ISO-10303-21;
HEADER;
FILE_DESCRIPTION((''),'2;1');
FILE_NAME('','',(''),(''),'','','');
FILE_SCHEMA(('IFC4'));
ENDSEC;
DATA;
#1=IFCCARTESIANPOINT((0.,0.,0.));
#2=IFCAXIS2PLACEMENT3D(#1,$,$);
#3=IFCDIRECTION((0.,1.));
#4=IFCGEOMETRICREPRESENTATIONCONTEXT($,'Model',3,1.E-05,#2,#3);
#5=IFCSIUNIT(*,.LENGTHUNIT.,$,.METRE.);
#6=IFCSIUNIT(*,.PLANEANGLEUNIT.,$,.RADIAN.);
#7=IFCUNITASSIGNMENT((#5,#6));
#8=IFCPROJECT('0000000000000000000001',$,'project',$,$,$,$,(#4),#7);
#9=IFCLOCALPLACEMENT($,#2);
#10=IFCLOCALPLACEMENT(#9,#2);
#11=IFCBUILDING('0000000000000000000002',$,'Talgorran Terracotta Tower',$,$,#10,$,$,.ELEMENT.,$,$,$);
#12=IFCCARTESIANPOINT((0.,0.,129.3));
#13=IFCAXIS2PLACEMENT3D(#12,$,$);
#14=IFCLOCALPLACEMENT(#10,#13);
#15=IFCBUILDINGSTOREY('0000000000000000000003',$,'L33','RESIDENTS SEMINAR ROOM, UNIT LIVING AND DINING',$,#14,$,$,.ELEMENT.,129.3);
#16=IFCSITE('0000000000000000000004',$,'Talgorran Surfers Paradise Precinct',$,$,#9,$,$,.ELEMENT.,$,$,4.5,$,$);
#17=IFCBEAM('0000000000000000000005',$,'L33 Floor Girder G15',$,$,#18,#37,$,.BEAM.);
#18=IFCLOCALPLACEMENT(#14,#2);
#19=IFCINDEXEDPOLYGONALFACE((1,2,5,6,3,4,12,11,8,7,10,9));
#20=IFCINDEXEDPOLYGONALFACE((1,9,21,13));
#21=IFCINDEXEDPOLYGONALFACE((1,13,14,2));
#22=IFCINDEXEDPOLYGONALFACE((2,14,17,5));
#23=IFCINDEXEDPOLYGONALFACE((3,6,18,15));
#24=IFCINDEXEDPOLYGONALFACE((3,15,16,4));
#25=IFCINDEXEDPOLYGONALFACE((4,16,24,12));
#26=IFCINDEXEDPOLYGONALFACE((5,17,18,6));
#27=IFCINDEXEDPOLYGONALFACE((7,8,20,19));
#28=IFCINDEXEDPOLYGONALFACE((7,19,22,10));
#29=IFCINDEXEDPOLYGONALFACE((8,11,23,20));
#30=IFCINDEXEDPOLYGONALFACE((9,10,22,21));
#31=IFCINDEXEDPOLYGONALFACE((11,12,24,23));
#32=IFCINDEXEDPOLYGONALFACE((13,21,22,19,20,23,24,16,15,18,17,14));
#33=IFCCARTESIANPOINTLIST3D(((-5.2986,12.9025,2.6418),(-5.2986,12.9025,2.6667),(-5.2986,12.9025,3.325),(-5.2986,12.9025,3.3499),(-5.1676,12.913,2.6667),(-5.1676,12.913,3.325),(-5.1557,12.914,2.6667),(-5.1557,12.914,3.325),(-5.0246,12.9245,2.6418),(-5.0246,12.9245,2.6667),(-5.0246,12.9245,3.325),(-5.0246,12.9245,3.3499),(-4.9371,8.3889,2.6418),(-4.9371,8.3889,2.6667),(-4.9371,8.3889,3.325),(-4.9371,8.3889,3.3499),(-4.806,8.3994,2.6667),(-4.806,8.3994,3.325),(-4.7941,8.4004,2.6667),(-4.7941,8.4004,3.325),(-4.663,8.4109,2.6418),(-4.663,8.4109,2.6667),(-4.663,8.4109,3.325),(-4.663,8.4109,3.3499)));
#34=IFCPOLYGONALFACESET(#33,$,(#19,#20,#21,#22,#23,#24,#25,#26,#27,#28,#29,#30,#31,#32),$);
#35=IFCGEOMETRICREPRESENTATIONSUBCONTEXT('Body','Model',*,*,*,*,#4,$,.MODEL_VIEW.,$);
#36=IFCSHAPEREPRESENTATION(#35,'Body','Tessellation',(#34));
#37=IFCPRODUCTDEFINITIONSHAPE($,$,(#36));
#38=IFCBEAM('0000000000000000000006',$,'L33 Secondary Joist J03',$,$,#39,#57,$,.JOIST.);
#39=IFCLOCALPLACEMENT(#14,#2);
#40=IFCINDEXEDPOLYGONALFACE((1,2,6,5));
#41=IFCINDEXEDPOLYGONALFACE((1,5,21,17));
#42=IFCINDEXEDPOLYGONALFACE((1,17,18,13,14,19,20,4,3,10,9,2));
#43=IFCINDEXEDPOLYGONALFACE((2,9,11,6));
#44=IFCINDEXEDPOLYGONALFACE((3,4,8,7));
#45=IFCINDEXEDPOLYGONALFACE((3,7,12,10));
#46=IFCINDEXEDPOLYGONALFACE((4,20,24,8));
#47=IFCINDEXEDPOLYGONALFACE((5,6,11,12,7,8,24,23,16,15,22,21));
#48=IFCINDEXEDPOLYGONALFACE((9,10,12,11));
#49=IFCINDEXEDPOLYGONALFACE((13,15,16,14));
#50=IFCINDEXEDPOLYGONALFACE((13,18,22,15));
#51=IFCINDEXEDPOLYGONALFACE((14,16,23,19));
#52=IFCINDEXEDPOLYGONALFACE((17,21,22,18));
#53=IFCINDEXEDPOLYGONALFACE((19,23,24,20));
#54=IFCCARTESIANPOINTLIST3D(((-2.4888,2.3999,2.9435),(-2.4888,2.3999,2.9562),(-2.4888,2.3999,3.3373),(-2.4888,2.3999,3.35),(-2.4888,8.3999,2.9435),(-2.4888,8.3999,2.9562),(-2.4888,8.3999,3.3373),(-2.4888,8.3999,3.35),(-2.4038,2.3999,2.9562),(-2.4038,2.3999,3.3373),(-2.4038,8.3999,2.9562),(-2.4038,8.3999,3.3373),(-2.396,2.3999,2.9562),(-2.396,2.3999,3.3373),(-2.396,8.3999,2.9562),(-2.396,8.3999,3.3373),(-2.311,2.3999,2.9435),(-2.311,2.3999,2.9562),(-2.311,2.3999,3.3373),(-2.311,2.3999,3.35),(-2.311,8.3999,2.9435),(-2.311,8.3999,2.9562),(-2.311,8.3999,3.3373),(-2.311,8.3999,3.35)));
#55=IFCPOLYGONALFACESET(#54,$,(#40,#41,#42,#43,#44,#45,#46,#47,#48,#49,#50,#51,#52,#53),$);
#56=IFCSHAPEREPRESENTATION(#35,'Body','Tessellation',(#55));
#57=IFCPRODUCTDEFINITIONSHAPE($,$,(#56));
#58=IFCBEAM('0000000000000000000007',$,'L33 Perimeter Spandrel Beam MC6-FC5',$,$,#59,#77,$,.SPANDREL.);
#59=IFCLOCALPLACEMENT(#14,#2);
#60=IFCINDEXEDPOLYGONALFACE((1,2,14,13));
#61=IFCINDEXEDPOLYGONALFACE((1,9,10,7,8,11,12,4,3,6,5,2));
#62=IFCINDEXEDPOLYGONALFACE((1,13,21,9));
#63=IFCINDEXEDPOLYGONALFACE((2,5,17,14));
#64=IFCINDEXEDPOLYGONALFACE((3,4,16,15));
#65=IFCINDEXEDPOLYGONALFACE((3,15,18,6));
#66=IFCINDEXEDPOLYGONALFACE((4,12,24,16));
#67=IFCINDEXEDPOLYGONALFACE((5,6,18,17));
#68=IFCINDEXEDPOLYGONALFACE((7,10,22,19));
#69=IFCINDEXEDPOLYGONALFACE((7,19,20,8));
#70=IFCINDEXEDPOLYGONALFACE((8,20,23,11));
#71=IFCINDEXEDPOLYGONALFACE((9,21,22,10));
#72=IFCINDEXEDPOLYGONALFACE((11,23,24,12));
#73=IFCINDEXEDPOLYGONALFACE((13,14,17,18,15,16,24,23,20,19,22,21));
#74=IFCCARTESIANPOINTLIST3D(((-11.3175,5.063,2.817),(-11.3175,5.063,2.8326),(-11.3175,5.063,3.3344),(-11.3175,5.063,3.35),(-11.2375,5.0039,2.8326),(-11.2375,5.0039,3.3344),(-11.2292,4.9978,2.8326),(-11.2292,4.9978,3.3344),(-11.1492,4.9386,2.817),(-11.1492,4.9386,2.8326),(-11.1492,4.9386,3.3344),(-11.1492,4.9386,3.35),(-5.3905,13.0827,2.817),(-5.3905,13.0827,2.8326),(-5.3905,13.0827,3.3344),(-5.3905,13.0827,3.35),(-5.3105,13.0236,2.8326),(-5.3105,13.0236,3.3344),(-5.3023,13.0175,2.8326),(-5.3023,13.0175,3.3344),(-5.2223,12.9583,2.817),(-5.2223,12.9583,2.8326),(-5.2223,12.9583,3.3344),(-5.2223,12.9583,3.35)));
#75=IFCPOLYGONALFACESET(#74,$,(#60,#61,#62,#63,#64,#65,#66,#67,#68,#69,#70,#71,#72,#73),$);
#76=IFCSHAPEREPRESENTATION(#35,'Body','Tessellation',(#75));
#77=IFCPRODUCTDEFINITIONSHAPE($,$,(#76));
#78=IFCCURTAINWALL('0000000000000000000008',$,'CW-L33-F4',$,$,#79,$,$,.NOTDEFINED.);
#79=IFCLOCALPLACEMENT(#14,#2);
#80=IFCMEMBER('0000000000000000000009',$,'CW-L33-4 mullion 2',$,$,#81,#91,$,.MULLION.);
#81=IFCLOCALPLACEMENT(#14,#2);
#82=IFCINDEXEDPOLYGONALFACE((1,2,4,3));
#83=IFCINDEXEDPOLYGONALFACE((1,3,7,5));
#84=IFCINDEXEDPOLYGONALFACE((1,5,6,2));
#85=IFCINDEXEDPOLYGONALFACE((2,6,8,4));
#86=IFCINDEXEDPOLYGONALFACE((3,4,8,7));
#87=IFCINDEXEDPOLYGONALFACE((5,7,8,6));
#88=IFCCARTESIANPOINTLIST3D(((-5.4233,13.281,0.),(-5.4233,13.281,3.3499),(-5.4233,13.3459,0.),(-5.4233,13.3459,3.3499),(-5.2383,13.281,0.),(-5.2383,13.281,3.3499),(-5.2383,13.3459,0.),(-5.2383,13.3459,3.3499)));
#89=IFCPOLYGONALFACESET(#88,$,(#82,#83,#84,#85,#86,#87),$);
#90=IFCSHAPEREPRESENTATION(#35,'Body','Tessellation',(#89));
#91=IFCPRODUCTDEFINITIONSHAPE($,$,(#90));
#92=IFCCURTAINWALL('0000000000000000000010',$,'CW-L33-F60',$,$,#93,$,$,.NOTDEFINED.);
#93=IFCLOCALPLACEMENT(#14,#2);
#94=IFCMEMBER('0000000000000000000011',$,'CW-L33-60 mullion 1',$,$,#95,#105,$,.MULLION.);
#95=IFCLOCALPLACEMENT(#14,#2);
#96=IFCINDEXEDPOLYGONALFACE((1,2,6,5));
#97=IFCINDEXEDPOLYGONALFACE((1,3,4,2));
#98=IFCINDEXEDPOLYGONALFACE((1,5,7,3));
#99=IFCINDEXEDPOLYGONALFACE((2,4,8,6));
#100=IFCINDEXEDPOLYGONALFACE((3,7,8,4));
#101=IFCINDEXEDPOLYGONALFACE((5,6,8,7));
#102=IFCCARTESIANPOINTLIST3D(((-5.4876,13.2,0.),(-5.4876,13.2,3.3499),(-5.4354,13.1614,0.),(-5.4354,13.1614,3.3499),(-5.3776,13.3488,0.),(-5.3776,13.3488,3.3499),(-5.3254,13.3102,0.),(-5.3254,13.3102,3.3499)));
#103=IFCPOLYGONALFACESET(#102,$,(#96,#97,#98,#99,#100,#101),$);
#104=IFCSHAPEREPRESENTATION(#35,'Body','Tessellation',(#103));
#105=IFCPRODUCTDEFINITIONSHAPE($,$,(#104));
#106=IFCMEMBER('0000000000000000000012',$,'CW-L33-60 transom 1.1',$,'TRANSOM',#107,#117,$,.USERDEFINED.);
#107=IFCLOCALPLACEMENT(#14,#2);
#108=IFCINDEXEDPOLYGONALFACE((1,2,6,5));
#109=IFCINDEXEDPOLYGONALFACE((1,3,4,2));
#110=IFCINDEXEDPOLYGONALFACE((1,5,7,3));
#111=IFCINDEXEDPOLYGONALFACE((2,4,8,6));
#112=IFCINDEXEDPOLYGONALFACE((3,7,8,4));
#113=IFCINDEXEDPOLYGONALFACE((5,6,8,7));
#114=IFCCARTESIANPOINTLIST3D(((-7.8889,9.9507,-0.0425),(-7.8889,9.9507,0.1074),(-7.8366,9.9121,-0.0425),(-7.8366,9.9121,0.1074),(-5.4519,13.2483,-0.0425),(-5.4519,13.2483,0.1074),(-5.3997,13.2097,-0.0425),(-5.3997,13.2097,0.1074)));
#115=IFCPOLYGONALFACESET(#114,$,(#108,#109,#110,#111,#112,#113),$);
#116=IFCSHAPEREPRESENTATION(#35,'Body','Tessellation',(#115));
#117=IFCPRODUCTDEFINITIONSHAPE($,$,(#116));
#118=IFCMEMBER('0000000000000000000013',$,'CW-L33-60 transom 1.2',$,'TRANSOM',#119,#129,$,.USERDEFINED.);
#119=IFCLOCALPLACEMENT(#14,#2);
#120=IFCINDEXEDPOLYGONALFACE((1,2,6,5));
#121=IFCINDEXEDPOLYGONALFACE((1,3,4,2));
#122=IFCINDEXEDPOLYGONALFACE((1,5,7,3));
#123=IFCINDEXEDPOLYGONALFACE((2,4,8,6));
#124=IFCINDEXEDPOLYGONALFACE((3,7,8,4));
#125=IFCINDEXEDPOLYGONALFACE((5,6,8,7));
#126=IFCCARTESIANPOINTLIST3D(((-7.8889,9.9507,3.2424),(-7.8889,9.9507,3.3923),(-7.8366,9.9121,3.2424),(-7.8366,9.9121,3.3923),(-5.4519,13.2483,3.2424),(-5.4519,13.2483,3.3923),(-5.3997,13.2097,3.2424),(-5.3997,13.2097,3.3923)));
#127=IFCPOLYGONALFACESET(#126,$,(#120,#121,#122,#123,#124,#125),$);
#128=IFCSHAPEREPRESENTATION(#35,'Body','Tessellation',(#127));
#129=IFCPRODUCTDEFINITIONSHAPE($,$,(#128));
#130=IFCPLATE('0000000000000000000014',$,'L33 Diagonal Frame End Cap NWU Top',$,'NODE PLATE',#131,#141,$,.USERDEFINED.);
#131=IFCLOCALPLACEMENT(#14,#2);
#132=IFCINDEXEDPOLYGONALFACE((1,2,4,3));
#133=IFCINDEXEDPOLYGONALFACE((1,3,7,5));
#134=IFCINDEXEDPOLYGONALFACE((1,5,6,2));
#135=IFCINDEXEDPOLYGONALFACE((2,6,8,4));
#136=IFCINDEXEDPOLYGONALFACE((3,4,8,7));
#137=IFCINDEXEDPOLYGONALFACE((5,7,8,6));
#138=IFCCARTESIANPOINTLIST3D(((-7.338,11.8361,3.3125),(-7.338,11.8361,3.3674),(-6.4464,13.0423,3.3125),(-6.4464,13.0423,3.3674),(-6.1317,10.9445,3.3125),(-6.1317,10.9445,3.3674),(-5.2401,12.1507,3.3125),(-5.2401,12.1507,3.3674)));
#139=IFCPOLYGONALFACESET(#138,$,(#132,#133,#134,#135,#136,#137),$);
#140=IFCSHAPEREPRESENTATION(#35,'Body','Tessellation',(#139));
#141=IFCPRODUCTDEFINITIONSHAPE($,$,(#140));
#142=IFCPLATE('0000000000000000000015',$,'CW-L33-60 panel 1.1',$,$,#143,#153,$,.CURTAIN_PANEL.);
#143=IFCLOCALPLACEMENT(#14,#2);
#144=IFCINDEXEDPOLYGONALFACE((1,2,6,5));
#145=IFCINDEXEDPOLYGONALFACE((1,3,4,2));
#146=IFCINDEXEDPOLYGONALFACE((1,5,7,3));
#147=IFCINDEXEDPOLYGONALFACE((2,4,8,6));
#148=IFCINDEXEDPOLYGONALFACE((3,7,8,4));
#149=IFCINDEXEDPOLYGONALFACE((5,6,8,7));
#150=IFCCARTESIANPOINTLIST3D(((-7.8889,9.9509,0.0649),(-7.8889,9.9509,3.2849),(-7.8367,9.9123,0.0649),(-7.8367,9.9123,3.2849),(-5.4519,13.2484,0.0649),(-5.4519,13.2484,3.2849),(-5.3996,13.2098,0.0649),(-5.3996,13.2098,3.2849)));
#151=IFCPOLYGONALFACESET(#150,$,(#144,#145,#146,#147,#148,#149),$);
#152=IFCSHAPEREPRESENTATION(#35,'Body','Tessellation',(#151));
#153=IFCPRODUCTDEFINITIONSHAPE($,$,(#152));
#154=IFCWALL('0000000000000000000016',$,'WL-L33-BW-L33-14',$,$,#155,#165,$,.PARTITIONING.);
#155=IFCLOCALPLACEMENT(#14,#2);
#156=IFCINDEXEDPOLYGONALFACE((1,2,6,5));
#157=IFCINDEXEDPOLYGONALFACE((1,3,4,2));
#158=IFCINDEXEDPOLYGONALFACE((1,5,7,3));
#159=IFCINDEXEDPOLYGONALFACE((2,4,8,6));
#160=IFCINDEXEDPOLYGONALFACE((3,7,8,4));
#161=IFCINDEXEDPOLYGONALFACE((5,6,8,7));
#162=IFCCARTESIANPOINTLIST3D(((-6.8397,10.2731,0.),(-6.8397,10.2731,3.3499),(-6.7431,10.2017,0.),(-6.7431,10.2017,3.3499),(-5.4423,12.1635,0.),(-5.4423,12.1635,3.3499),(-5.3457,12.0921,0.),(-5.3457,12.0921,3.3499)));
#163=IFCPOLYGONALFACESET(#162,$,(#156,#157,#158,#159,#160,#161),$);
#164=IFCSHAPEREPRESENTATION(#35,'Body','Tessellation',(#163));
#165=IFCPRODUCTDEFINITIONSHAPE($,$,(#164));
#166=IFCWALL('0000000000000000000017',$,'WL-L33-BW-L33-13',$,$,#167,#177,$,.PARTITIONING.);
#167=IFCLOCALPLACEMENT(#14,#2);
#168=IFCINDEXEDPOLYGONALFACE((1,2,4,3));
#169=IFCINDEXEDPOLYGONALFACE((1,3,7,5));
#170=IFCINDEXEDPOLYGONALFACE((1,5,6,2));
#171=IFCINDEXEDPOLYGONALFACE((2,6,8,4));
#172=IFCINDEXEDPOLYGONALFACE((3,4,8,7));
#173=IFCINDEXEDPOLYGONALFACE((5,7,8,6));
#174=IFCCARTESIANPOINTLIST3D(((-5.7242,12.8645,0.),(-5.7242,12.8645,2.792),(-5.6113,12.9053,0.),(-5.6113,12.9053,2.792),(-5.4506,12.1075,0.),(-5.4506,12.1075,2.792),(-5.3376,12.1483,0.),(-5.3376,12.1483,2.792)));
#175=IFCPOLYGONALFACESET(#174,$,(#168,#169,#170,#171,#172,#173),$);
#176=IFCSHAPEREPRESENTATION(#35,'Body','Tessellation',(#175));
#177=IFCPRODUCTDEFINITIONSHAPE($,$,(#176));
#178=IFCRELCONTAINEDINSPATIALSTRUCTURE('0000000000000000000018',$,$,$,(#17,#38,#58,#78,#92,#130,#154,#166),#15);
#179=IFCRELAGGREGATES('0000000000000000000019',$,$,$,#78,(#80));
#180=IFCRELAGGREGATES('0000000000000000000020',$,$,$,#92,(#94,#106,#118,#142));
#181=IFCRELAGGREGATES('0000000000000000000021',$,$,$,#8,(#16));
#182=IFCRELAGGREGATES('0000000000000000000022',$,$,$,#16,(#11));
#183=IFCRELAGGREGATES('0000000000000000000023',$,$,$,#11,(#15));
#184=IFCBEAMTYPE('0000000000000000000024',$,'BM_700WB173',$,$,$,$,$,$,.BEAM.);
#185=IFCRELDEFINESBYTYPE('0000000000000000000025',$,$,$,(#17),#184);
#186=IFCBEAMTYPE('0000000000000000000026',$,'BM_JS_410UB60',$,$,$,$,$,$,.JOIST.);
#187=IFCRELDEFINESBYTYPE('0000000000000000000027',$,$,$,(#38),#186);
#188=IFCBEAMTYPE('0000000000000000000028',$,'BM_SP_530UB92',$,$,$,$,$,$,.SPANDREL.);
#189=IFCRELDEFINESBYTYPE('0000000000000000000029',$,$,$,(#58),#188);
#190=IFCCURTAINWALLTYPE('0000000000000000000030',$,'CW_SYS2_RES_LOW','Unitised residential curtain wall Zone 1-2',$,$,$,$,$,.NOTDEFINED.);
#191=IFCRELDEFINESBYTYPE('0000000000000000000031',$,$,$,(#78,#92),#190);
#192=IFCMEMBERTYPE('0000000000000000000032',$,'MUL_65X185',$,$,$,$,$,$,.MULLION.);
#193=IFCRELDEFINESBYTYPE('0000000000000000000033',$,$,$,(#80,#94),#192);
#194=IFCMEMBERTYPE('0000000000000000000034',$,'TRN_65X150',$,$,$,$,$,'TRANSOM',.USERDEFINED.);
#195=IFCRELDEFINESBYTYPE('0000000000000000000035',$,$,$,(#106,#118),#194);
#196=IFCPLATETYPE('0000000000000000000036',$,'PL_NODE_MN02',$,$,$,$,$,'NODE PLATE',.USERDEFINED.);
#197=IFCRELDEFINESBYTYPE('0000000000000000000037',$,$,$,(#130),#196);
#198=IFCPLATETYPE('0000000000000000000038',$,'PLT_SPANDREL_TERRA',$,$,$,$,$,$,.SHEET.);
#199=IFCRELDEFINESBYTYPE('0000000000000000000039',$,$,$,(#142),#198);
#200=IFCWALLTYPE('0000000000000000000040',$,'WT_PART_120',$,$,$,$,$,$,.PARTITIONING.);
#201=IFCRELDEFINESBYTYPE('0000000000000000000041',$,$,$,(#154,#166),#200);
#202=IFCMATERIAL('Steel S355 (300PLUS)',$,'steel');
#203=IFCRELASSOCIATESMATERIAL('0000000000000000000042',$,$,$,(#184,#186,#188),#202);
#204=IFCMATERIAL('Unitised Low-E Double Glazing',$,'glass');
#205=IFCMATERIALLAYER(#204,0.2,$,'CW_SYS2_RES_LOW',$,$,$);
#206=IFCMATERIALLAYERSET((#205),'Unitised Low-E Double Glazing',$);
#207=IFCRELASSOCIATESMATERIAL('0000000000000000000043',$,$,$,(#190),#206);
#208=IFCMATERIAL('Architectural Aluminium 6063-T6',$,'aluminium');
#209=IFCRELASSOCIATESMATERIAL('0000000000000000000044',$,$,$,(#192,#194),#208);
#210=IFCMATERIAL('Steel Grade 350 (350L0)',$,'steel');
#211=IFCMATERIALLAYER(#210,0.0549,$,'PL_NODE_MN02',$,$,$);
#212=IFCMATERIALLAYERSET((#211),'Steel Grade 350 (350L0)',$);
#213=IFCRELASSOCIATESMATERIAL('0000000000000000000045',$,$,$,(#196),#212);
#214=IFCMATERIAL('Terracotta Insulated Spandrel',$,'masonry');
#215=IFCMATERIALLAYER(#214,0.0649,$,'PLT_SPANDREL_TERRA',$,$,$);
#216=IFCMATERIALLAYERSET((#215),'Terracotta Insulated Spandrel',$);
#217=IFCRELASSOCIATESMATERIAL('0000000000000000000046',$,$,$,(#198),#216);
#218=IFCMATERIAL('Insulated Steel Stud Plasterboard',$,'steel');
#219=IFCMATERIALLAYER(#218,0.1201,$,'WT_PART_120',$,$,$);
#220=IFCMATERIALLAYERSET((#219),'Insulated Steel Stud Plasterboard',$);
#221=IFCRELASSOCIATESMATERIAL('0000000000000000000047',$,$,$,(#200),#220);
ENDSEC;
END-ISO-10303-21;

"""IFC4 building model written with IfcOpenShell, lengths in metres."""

from ifc_helpers import new_model, si_unit, direction, frame, frame_2d, origin, origin_2d, place, context, subcontext, project, spatial, rectangle, i_section, extrude, source, transform, mapped, material, layer, layer_set, material_profile, profile_set, type_object, type_shapes, element, aggregate, save


model = new_model("IFC4")

# Units and contexts
model_context = context("Model", 3, precision=1e-05, world=origin(), true_north=direction((0.0, 1.0)))
body_context = subcontext(model_context, "Body", "Model", "MODEL_VIEW")
ifc_project = project(units=[si_unit("LENGTHUNIT", "METRE"), si_unit("PLANEANGLEUNIT", "RADIAN")], contexts=[model_context])

# Site, building, storey
site_placement = place(None, origin())
site = spatial("IfcSite", under=ifc_project, at=site_placement, Name="Talgorran Surfers Paradise Precinct", CompositionType="ELEMENT", RefElevation=4.5)
building_placement = place(site_placement, origin())
building = spatial("IfcBuilding", under=site, at=building_placement, Name="Talgorran Terracotta Tower", CompositionType="ELEMENT")
storey_placement = place(building_placement, frame((0.0, 0.0, 129.3)))
storey = spatial("IfcBuildingStorey", under=building, at=storey_placement, Name="L33", Description="RESIDENTS SEMINAR ROOM, UNIT LIVING AND DINING", CompositionType="ELEMENT", Elevation=129.3)

# Shared definitions
ifc_material_1 = material(Name="Steel S355 (300PLUS)", Category="steel")
ifc_material_2 = material(Name="Steel Grade 350 (350L0)", Category="steel")

# Beams
ifc_material_profile_1 = material_profile(ifc_material_1, i_section(OverallWidth=0.2749, OverallDepth=0.708, WebThickness=0.012, FlangeThickness=0.0249, at=origin_2d()), Name="700WB173")
ifc_profile_set_1 = profile_set([ifc_material_profile_1], Name="Steel S355 (300PLUS)")
beam_type_1 = type_object("IfcBeamType", Name="BM_700WB173", PredefinedType="BEAM", material=ifc_profile_set_1)
beam_1_placement = place(storey_placement, frame((-4.8, 8.3999, 2.9958), z_axis=(-0.07985, 0.996807, 0.0), x_axis=(-0.996807, -0.07985, 0.0)))
element("IfcBeam", 1, at=beam_1_placement, inside=storey, type_object=beam_type_1, Name="L33 Floor Girder G15", PredefinedType="BEAM", context=body_context, shape_type="SweptSolid", body=[
    extrude(i_section(OverallWidth=0.2749, OverallDepth=0.708, WebThickness=0.012, FlangeThickness=0.0249, at=origin_2d()), origin(), (0.0, 0.0, 1.0), 4.5281),
])
ifc_material_profile_2 = material_profile(ifc_material_1, i_section(OverallWidth=0.1777, OverallDepth=0.4065, WebThickness=0.0078, FlangeThickness=0.0127, at=origin_2d()), Name="410UB59.7")
ifc_profile_set_2 = profile_set([ifc_material_profile_2], Name="Steel S355 (300PLUS)")
beam_type_2 = type_object("IfcBeamType", Name="BM_JS_410UB60", PredefinedType="JOIST", material=ifc_profile_set_2)
beam_2_placement = place(storey_placement, frame((-2.3999, 2.3999, 3.1467), z_axis=(0.0, 1.0, 0.0), x_axis=(-1.0, 0.0, 0.0)))
element("IfcBeam", 2, at=beam_2_placement, inside=storey, type_object=beam_type_2, Name="L33 Secondary Joist J03", PredefinedType="JOIST", context=body_context, shape_type="SweptSolid", body=[
    extrude(i_section(OverallWidth=0.1777, OverallDepth=0.4065, WebThickness=0.0078, FlangeThickness=0.0127, at=origin_2d()), origin(), (0.0, 0.0, 1.0), 6.0),
])
ifc_material_profile_3 = material_profile(ifc_material_1, i_section(OverallWidth=0.2092, OverallDepth=0.533, WebThickness=0.0103, FlangeThickness=0.0156, at=origin_2d()), Name="530UB92.4")
ifc_profile_set_3 = profile_set([ifc_material_profile_3], Name="Steel S355 (300PLUS)")
beam_type_3 = type_object("IfcBeamType", Name="BM_SP_530UB92", PredefinedType="SPANDREL", material=ifc_profile_set_3)
beam_3_placement = place(storey_placement, frame((-5.3064, 13.0205, 3.0835), z_axis=(-0.594348, -0.804208, 0.0), x_axis=(0.804208, -0.594348, 0.0)))
element("IfcBeam", 3, at=beam_3_placement, inside=storey, type_object=beam_type_3, Name="L33 Perimeter Spandrel Beam MC6-FC5", PredefinedType="SPANDREL", context=body_context, shape_type="SweptSolid", body=[
    extrude(i_section(OverallWidth=0.2092, OverallDepth=0.533, WebThickness=0.0103, FlangeThickness=0.0156, at=origin_2d()), origin(), (0.0, 0.0, 1.0), 9.9722),
])

# Curtain wall, member
ifc_material_3 = material(Name="Unitised Low-E Double Glazing", Category="glass")
ifc_layer_1 = layer(ifc_material_3, 0.2, Name="CW_SYS2_RES_LOW")
ifc_layer_set_1 = layer_set([ifc_layer_1], Name="Unitised Low-E Double Glazing")
curtain_wall_type = type_object("IfcCurtainWallType", Name="CW_SYS2_RES_LOW", Description="Unitised residential curtain wall Zone 1-2", PredefinedType="NOTDEFINED", material=ifc_layer_set_1)
curtain_wall_1_placement = place(storey_placement, origin())
curtain_wall_1 = element("IfcCurtainWall", 4, at=curtain_wall_1_placement, inside=storey, type_object=curtain_wall_type, Name="CW-L33-F4", PredefinedType="NOTDEFINED")
ifc_material_4 = material(Name="Architectural Aluminium 6063-T6", Category="aluminium")
ifc_material_profile_4 = material_profile(ifc_material_4, rectangle(XDim=0.0649, YDim=0.1851, at=origin_2d()), Name="CWM65X185")
ifc_profile_set_4 = profile_set([ifc_material_profile_4], Name="Architectural Aluminium 6063-T6")
member_type_1 = type_object("IfcMemberType", Name="MUL_65X185", PredefinedType="MULLION", material=ifc_profile_set_4)
member_1_placement = place(storey_placement, frame((-5.3308, 13.3135, 0.0), z_axis=(0.0, 0.0, 1.0), x_axis=(0.0, -1.0, 0.0)))
member_1 = element("IfcMember", 5, at=member_1_placement, type_object=member_type_1, Name="CW-L33-4 mullion 2", PredefinedType="MULLION", context=body_context, shape_type="SweptSolid", body=[
    extrude(rectangle(XDim=0.0649, YDim=0.1851, at=origin_2d()), origin(), (0.0, 0.0, 1.0), 3.3499),
])
aggregate(curtain_wall_1, [member_1])

# Curtain wall, members
curtain_wall_2_placement = place(storey_placement, origin())
curtain_wall_2 = element("IfcCurtainWall", 6, at=curtain_wall_2_placement, inside=storey, type_object=curtain_wall_type, Name="CW-L33-F60", PredefinedType="NOTDEFINED")
member_2_placement = place(storey_placement, frame((-5.4065, 13.2551, 0.0), z_axis=(0.0, 0.0, 1.0), x_axis=(0.804198, -0.594361, 0.0)))
member_2 = element("IfcMember", 7, at=member_2_placement, type_object=member_type_1, Name="CW-L33-60 mullion 1", PredefinedType="MULLION", context=body_context, shape_type="SweptSolid", body=[
    extrude(rectangle(XDim=0.0649, YDim=0.1851, at=origin_2d()), origin(), (0.0, 0.0, 1.0), 3.3499),
])
ifc_material_profile_5 = material_profile(ifc_material_4, rectangle(XDim=0.0649, YDim=0.1499, at=origin_2d()), Name="CWT65X150")
ifc_profile_set_5 = profile_set([ifc_material_profile_5], Name="Architectural Aluminium 6063-T6")
member_type_2 = type_object("IfcMemberType", Name="TRN_65X150", ElementType="TRANSOM", PredefinedType="USERDEFINED", material=ifc_profile_set_5)
member_3_placement = place(storey_placement, frame((-5.4258, 13.229, 0.0325), z_axis=(-0.594336, -0.804217, 0.0), x_axis=(0.804217, -0.594336, 0.0)))
member_3 = element("IfcMember", 8, at=member_3_placement, type_object=member_type_2, Name="CW-L33-60 transom 1.1", ObjectType="TRANSOM", PredefinedType="USERDEFINED", context=body_context, shape_type="SweptSolid", body=[
    extrude(rectangle(XDim=0.0649, YDim=0.1499, at=origin_2d()), origin(), (0.0, 0.0, 1.0), 4.1003),
])
member_4_placement = place(storey_placement, frame((-5.4258, 13.229, 3.3174), z_axis=(-0.594336, -0.804217, 0.0), x_axis=(0.804217, -0.594336, 0.0)))
member_4 = element("IfcMember", 9, at=member_4_placement, type_object=member_type_2, Name="CW-L33-60 transom 1.2", ObjectType="TRANSOM", PredefinedType="USERDEFINED", context=body_context, shape_type="SweptSolid", body=[
    extrude(rectangle(XDim=0.0649, YDim=0.1499, at=origin_2d()), origin(), (0.0, 0.0, 1.0), 4.1003),
])

# Plates
ifc_layer_2 = layer(ifc_material_2, 0.0549, Name="PL_NODE_MN02")
ifc_layer_set_2 = layer_set([ifc_layer_2], Name="Steel Grade 350 (350L0)")
plate_type_1 = type_object("IfcPlateType", Name="PL_NODE_MN02", ElementType="NODE PLATE", PredefinedType="USERDEFINED", material=ifc_layer_set_2)
plate_1_placement = place(storey_placement, frame((-6.2891, 11.9934, 3.3125), z_axis=(0.0, 0.0, 1.0), x_axis=(0.594402, 0.804168, 0.0)))
element("IfcPlate", 10, at=plate_1_placement, inside=storey, type_object=plate_type_1, Name="L33 Diagonal Frame End Cap NWU Top", ObjectType="NODE PLATE", PredefinedType="USERDEFINED", context=body_context, shape_type="SweptSolid", body=[
    extrude(rectangle(XDim=1.5, YDim=1.5, at=origin_2d()), origin(), (0.0, 0.0, 1.0), 0.0549),
])
ifc_material_5 = material(Name="Terracotta Insulated Spandrel", Category="masonry")
ifc_layer_3 = layer(ifc_material_5, 0.0649, Name="PLT_SPANDREL_TERRA")
ifc_layer_set_3 = layer_set([ifc_layer_3], Name="Terracotta Insulated Spandrel")
plate_type_2 = type_object("IfcPlateType", Name="PLT_SPANDREL_TERRA", PredefinedType="SHEET", material=ifc_layer_set_3)
shared_shape = source(origin(), body_context, "Body", "SweptSolid", [
    extrude(rectangle(XDim=4.1003, YDim=0.0649, at=origin_2d()), origin(), (0.0, 0.0, 1.0), 3.22),
])
type_shapes(plate_type_2, [shared_shape])
plate_2_placement = place(storey_placement, frame((-6.6443, 11.5803, 0.0649), z_axis=(0.0, 0.0, 1.0), x_axis=(-0.594361, -0.804198, 0.0)))
plate_2 = element("IfcPlate", 11, at=plate_2_placement, type_object=plate_type_2, Name="CW-L33-60 panel 1.1", PredefinedType="CURTAIN_PANEL", context=body_context, shape_type="MappedRepresentation", body=[
    mapped(shared_shape, transform((0.0, 0.0, 0.0), scale=1.0)),
])
aggregate(curtain_wall_2, [member_2, member_3, member_4, plate_2])

# Walls
ifc_material_6 = material(Name="Insulated Steel Stud Plasterboard", Category="steel")
ifc_layer_4 = layer(ifc_material_6, 0.1201, Name="WT_PART_120")
ifc_layer_set_4 = layer_set([ifc_layer_4], Name="Insulated Steel Stud Plasterboard")
wall_type = type_object("IfcWallType", Name="WT_PART_120", PredefinedType="PARTITIONING", material=ifc_layer_set_4)
wall_1_placement = place(storey_placement, frame((-5.394, 12.1277, 0.0), z_axis=(0.0, 0.0, 1.0), x_axis=(-0.594452, -0.804131, 0.0)))
element("IfcWall", 12, at=wall_1_placement, inside=storey, type_object=wall_type, Name="WL-L33-BW-L33-14", PredefinedType="PARTITIONING", context=body_context, shape_type="SweptSolid", body=[
    extrude(rectangle(XDim=2.3508, YDim=0.1201, at=frame_2d((1.1753, 0.0))), origin(), (0.0, 0.0, 1.0), 3.3499),
])
wall_2_placement = place(storey_placement, frame((-5.6677, 12.8848, 0.0), z_axis=(0.0, 0.0, 1.0), x_axis=(0.339965, -0.940438, 0.0)))
element("IfcWall", 13, at=wall_2_placement, inside=storey, type_object=wall_type, Name="WL-L33-BW-L33-13", PredefinedType="PARTITIONING", context=body_context, shape_type="SweptSolid", body=[
    extrude(rectangle(XDim=0.8049, YDim=0.1201, at=frame_2d((0.4023, 0.0))), origin(), (0.0, 0.0, 1.0), 2.792),
])

save(model, "model.ifc")
